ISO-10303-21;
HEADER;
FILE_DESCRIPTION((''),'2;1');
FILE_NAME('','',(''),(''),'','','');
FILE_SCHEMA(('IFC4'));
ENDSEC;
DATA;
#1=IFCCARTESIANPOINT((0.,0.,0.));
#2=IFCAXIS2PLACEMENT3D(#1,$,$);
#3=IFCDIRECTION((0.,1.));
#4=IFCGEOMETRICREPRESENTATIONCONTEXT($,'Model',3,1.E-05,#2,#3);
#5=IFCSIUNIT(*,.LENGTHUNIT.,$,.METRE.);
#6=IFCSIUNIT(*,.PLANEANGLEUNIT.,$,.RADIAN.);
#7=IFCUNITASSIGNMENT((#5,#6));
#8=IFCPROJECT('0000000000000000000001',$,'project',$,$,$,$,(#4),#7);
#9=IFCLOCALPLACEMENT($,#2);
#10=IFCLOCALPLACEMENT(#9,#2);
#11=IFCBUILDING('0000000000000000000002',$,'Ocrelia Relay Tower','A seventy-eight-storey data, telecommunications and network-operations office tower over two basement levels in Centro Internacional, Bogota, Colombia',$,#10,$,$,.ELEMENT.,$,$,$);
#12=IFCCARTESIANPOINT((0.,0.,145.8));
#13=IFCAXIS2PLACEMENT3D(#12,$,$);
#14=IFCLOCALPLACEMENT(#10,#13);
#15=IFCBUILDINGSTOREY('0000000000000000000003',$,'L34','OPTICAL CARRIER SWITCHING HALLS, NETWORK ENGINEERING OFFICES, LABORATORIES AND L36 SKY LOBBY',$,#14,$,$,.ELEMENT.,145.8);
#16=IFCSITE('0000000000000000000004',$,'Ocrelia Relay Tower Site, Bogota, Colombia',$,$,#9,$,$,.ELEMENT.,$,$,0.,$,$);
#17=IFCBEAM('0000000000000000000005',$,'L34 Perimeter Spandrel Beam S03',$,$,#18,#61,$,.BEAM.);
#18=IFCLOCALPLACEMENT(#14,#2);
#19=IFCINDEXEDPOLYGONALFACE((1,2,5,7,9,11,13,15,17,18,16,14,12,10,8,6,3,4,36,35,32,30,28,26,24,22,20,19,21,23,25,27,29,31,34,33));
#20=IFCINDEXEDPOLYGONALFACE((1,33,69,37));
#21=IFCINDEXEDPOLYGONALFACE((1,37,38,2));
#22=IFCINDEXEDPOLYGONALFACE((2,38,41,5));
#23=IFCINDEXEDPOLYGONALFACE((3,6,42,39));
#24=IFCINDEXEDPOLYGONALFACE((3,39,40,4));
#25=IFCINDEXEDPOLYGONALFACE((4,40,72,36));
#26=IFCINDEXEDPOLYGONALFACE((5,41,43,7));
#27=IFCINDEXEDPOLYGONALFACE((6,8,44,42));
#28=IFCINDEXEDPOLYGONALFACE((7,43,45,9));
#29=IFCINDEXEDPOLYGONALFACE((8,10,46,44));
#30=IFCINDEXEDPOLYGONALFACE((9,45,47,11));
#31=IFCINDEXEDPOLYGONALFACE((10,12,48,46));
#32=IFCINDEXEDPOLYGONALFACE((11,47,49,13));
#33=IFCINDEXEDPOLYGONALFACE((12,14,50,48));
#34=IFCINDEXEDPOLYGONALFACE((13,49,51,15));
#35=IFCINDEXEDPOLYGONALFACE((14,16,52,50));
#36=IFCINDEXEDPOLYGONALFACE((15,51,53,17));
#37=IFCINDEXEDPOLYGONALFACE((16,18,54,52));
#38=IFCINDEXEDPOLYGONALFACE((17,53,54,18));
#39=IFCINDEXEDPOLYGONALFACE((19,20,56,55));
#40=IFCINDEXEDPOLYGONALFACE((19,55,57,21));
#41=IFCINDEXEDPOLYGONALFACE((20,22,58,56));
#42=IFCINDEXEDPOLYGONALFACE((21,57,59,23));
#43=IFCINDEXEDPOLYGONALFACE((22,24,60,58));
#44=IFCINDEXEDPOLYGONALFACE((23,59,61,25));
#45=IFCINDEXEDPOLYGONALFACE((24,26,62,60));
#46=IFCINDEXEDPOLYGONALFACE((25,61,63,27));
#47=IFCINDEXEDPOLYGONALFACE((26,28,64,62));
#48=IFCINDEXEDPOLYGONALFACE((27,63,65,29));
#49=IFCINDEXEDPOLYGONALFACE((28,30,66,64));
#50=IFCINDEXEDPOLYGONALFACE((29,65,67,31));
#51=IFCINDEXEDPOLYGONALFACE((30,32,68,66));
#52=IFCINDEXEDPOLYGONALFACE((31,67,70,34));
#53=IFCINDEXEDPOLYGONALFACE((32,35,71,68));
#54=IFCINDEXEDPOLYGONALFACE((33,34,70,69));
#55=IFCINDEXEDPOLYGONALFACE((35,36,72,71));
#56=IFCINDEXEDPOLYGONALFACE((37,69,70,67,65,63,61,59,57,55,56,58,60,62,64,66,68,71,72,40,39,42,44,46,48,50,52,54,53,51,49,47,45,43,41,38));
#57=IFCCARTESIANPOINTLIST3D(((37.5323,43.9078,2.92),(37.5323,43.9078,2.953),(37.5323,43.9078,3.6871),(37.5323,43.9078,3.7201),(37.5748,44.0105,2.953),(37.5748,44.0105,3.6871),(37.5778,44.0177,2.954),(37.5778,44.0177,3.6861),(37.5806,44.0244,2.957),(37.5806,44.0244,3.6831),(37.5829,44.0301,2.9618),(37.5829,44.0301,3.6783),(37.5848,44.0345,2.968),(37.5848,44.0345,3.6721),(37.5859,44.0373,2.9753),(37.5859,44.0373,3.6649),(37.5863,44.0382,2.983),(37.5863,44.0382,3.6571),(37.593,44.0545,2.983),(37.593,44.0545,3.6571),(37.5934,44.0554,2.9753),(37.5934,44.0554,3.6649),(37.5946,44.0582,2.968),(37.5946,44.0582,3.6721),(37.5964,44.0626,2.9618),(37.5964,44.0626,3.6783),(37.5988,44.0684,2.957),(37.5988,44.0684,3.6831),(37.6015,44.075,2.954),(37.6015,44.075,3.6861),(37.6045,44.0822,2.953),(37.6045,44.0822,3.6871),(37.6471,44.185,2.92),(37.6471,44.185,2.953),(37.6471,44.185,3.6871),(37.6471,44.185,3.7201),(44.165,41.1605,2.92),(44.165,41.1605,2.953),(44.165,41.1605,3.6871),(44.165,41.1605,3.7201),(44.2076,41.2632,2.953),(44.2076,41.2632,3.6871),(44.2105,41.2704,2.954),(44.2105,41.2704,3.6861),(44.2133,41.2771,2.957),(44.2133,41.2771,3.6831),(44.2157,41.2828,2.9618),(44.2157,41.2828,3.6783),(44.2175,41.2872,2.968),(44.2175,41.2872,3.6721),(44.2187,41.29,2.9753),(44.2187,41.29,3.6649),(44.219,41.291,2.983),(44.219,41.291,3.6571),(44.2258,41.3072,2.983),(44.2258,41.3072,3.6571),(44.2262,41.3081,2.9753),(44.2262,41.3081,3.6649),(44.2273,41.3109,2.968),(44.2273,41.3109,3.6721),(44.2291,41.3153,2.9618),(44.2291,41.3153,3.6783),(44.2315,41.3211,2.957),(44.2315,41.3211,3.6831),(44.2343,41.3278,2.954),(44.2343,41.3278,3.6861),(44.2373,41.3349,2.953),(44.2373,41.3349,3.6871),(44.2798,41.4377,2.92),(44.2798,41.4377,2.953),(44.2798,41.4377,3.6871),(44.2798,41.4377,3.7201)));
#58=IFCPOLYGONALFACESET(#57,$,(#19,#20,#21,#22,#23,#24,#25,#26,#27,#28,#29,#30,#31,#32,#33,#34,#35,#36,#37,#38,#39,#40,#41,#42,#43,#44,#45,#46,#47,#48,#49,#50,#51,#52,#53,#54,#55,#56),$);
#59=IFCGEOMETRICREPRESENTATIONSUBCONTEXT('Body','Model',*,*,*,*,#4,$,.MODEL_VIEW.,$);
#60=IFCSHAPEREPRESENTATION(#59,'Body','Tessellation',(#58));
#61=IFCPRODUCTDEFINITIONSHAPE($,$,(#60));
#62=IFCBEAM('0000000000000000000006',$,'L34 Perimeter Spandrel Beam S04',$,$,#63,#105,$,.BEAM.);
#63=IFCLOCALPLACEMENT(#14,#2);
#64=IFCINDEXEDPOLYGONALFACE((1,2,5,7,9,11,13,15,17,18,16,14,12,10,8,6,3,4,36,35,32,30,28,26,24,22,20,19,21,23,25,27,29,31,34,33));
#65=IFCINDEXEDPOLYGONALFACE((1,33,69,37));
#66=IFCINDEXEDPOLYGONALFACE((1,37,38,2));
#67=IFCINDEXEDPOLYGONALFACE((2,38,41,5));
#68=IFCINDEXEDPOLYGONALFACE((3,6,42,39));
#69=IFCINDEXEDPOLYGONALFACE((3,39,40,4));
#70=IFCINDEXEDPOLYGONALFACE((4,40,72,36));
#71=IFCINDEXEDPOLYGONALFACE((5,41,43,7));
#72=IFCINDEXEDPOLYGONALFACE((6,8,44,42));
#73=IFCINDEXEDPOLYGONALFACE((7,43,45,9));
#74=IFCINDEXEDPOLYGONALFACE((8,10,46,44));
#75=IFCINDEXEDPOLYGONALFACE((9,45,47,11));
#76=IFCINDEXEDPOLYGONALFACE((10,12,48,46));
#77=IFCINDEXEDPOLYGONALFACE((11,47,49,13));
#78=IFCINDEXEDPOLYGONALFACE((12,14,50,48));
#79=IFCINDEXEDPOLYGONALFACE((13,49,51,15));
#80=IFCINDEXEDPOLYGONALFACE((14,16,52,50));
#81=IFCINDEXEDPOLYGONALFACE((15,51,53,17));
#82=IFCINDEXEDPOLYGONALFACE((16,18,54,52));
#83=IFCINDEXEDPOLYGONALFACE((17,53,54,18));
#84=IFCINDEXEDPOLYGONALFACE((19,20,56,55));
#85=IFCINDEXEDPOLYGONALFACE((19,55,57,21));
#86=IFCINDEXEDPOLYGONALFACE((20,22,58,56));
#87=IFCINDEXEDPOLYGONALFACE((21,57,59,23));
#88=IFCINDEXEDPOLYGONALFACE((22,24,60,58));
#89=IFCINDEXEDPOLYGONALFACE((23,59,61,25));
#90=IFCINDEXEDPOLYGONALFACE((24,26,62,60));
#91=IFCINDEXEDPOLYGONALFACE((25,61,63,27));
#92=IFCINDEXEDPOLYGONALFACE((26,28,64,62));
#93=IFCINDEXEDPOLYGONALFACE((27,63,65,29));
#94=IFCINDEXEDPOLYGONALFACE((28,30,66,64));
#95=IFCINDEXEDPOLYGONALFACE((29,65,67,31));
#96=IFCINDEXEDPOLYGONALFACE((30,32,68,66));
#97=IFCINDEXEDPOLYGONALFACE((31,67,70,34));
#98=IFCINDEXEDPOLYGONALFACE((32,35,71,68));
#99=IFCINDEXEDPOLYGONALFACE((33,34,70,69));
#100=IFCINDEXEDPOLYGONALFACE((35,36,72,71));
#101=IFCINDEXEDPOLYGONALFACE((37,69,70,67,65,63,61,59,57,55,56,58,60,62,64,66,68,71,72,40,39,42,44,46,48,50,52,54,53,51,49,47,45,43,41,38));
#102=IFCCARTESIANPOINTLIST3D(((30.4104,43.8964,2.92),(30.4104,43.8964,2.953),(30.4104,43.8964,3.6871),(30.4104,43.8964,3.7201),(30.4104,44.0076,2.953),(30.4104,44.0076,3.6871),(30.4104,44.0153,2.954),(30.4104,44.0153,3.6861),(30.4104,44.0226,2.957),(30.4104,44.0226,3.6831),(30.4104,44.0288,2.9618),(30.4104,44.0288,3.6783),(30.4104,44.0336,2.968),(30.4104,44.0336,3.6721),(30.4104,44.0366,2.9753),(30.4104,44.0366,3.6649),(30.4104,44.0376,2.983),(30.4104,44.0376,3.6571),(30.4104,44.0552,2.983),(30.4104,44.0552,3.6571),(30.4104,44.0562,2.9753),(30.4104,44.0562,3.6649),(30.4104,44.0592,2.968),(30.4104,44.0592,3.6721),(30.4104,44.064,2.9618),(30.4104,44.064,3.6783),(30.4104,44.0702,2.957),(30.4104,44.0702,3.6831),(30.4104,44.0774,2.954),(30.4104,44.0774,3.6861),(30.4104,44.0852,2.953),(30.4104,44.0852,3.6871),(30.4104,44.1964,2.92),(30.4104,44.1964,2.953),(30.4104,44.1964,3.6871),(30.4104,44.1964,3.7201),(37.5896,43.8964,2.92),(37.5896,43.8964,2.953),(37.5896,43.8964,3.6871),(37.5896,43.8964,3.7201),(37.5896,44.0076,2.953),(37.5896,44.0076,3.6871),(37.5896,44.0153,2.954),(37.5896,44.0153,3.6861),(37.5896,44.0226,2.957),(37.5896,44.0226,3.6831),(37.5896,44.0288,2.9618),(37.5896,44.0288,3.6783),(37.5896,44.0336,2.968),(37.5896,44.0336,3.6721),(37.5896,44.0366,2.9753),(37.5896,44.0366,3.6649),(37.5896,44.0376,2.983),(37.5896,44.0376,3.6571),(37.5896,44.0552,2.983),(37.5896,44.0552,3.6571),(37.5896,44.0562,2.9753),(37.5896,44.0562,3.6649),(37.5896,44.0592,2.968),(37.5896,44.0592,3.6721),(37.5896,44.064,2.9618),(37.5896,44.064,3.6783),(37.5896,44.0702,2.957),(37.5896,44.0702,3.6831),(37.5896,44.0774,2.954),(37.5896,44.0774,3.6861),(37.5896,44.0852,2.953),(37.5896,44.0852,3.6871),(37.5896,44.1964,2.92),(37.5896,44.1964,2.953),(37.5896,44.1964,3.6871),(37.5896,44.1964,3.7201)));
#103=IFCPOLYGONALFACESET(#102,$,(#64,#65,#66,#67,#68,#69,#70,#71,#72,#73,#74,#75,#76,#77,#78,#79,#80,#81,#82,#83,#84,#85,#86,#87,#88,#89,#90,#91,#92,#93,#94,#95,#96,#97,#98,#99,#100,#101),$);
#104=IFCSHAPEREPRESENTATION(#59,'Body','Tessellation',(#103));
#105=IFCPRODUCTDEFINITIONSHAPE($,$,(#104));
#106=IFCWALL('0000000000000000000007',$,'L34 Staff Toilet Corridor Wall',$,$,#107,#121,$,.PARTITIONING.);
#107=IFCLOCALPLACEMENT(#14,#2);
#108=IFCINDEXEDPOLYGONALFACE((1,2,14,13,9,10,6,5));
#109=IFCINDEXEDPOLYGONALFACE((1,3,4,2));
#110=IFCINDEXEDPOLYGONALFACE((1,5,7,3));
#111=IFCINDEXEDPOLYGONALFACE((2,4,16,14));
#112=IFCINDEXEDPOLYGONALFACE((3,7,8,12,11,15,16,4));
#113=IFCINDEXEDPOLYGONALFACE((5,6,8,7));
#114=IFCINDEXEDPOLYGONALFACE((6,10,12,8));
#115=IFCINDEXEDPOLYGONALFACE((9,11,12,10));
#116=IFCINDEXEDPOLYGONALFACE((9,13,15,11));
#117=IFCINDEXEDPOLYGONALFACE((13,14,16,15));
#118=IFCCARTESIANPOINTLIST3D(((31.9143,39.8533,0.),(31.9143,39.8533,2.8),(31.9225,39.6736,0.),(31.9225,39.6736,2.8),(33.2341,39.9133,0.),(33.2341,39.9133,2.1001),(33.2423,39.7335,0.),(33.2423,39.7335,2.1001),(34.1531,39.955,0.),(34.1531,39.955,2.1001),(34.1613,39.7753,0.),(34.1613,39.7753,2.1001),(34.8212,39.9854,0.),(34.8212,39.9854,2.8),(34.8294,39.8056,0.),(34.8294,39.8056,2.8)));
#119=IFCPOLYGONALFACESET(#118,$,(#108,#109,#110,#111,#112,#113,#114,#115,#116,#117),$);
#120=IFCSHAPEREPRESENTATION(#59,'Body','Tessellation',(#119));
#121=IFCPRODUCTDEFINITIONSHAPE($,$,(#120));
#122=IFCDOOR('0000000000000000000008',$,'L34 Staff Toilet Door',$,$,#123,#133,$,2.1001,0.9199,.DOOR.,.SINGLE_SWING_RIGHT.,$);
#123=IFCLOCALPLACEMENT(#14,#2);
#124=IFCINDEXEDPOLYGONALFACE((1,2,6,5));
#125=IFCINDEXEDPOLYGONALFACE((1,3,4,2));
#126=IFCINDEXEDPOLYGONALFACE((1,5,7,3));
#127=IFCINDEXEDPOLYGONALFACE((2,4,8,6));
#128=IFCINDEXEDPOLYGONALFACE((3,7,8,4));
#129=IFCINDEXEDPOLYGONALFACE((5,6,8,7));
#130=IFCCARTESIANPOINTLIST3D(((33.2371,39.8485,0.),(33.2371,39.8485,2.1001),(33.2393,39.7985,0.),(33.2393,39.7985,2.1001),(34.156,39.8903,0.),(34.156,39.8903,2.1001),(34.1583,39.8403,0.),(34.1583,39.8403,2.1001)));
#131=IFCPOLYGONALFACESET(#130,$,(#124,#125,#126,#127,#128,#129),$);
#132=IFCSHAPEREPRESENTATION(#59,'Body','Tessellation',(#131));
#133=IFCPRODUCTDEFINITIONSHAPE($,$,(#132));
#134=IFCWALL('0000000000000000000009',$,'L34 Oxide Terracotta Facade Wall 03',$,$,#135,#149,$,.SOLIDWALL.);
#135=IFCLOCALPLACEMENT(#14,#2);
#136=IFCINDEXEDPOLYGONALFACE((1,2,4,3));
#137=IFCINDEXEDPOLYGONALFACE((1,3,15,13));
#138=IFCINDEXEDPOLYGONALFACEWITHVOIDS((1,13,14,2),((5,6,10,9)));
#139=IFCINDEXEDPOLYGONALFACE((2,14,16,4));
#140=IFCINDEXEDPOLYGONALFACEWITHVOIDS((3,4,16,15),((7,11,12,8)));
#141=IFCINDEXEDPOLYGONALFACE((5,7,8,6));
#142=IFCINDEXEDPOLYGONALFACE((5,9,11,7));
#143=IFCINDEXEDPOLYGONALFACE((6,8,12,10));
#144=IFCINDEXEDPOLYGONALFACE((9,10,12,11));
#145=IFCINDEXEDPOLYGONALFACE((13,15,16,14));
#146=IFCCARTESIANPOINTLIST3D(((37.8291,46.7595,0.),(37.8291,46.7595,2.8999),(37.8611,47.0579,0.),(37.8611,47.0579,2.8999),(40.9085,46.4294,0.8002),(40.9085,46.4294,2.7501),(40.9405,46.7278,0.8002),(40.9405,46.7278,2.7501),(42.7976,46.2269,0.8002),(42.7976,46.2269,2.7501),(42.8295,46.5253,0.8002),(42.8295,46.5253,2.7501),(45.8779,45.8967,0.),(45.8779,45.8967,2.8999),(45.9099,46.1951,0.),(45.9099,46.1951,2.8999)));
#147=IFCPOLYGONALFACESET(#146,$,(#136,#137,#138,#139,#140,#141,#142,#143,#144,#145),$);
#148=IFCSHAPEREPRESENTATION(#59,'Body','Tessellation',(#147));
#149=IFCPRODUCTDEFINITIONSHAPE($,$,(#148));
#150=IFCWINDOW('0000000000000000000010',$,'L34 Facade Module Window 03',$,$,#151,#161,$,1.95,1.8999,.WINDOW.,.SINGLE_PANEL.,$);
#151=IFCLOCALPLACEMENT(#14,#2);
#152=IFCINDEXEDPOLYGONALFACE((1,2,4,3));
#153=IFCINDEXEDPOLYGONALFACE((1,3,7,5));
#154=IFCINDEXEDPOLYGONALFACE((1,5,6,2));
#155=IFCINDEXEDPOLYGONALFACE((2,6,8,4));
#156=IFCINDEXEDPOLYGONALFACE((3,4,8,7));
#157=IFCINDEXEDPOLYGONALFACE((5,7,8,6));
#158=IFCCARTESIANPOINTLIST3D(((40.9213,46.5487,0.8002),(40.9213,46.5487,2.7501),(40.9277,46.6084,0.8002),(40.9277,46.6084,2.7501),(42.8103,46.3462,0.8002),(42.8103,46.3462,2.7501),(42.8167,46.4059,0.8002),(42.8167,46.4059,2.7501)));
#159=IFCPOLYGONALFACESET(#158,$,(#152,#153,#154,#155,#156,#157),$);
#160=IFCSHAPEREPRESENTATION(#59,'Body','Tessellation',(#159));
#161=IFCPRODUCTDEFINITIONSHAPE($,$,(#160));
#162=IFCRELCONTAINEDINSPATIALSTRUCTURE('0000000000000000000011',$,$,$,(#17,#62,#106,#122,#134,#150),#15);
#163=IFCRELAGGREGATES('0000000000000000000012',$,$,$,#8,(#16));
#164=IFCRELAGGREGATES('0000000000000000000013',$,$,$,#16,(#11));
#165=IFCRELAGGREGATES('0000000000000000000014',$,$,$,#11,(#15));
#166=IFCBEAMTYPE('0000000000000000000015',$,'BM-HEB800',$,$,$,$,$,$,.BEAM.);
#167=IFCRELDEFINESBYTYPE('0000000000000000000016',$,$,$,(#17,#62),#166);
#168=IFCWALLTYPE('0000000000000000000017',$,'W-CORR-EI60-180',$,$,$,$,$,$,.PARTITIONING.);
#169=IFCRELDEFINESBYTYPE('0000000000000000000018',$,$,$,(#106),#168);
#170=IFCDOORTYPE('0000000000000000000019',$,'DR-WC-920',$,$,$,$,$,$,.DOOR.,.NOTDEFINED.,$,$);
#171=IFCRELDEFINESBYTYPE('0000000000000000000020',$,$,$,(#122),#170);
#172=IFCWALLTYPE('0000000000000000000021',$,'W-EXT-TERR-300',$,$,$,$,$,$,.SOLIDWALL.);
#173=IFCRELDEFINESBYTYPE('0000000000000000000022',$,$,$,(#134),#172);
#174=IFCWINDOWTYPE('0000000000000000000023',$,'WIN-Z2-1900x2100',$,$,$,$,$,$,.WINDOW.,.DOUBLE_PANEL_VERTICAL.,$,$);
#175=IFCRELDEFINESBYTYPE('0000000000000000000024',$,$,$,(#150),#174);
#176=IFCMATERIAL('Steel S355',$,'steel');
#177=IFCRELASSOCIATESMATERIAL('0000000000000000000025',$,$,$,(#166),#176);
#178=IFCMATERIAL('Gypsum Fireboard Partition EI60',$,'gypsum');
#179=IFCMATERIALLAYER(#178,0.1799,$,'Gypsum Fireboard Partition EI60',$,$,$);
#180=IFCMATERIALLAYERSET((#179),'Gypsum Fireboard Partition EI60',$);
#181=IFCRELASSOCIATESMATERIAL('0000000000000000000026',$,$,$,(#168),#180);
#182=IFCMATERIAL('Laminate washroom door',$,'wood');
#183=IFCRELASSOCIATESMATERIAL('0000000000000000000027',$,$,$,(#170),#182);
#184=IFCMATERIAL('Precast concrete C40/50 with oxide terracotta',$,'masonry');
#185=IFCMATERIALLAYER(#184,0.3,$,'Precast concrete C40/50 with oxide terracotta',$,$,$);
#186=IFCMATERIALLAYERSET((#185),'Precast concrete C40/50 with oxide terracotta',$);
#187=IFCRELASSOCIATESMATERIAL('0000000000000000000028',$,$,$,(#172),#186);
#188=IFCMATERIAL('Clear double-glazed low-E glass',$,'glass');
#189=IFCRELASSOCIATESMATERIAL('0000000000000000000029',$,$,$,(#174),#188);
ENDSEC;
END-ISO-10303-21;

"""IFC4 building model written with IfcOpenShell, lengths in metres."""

from ifc_helpers import new_model, si_unit, direction, frame, frame_2d, origin, origin_2d, place, context, subcontext, project, spatial, rectangle, i_section, extrude, material, layer, layer_set, material_profile, profile_set, type_object, element, fill, save


model = new_model("IFC4")

# Units and contexts
model_context = context("Model", 3, precision=1e-05, world=origin(), true_north=direction((0.0, 1.0)))
body_context = subcontext(model_context, "Body", "Model", "MODEL_VIEW")
ifc_project = project(units=[si_unit("LENGTHUNIT", "METRE"), si_unit("PLANEANGLEUNIT", "RADIAN")], contexts=[model_context])

# Site, building, storey
site_placement = place(None, origin())
site = spatial("IfcSite", under=ifc_project, at=site_placement, Name="Ocrelia Relay Tower Site, Bogota, Colombia", CompositionType="ELEMENT", RefElevation=0.0)
building_placement = place(site_placement, origin())
building = spatial("IfcBuilding", under=site, at=building_placement, Name="Ocrelia Relay Tower", Description="A seventy-eight-storey data, telecommunications and network-operations office tower over two basement levels in Centro Internacional, Bogota, Colombia", CompositionType="ELEMENT")
storey_placement = place(building_placement, frame((0.0, 0.0, 145.8)))
storey = spatial("IfcBuildingStorey", under=building, at=storey_placement, Name="L34", Description="OPTICAL CARRIER SWITCHING HALLS, NETWORK ENGINEERING OFFICES, LABORATORIES AND L36 SKY LOBBY", CompositionType="ELEMENT", Elevation=145.8)

# Beams
ifc_material_1 = material(Name="Steel S355", Category="steel")
ifc_material_profile_1 = material_profile(ifc_material_1, i_section(OverallWidth=0.3, OverallDepth=0.8, WebThickness=0.0176, FlangeThickness=0.033, FilletRadius=0.03, at=origin_2d()), Name="HEB 800")
ifc_profile_set_1 = profile_set([ifc_material_profile_1], Name="Steel S355")
beam_type_1 = type_object("IfcBeamType", Name="BM-HEB800", PredefinedType="BEAM", material=ifc_profile_set_1)
for number, where, z_axis, x_axis, name in (
    (1, (44.2224, 41.2991, 3.3201), (-0.923884, 0.382673, 0.0), (-0.382673, -0.923884, 0.0), "L34 Perimeter Spandrel Beam S03"),
    (2, (37.5896, 44.0464, 3.3201), (-1.0, 0.0, 0.0), (0.0, -1.0, 0.0), "L34 Perimeter Spandrel Beam S04"),
):
    element("IfcBeam", number, at=place(storey_placement, frame(where, z_axis=z_axis, x_axis=x_axis)), inside=storey, type_object=beam_type_1, Name=name, PredefinedType="BEAM", context=body_context, shape_type="SweptSolid", body=[
        extrude(i_section(OverallWidth=0.3, OverallDepth=0.8, WebThickness=0.0176, FlangeThickness=0.033, FilletRadius=0.03, at=origin_2d()), origin(), (0.0, 0.0, 1.0), 7.1792),
    ])

# Wall, opening, door
ifc_material_2 = material(Name="Gypsum Fireboard Partition EI60", Category="gypsum")
ifc_layer_1 = layer(ifc_material_2, 0.1799, Name="Gypsum Fireboard Partition EI60")
ifc_layer_set_1 = layer_set([ifc_layer_1], Name="Gypsum Fireboard Partition EI60")
wall_type_1 = type_object("IfcWallType", Name="W-CORR-EI60-180", PredefinedType="PARTITIONING", material=ifc_layer_set_1)
wall_1_placement = place(storey_placement, frame((34.8254, 39.8955, 0.0), z_axis=(0.0, 0.0, 1.0), x_axis=(-0.998969, -0.045389, 0.0)))
wall_1 = element("IfcWall", 3, at=wall_1_placement, inside=storey, type_object=wall_type_1, Name="L34 Staff Toilet Corridor Wall", PredefinedType="PARTITIONING", context=body_context, shape_type="SweptSolid", body=[
    extrude(rectangle(XDim=2.9099, YDim=0.1799, at=frame_2d((1.4551, 0.0))), origin(), (0.0, 0.0, 1.0), 2.8),
])
opening_1_placement = place(wall_1_placement, frame((0.6689, 0.0, 0.0)))
opening_1 = element("IfcOpeningElement", 4, at=opening_1_placement, cuts=wall_1, PredefinedType="OPENING", context=body_context, shape_type="SweptSolid", body=[
    extrude(rectangle(XDim=0.9199, YDim=2.1001, at=frame_2d((0.46, 1.05))), frame((0.0, 0.1001, 0.0), z_axis=(0.0, -1.0, 0.0), x_axis=(1.0, 0.0, 0.0)), (0.0, 0.0, 1.0), 0.2),
])
ifc_material_3 = material(Name="Laminate washroom door", Category="wood")
door_type = type_object("IfcDoorType", Name="DR-WC-920", OperationType="NOTDEFINED", PredefinedType="DOOR", material=ifc_material_3)
door_placement = place(opening_1_placement, origin())
door = element("IfcDoor", 5, at=door_placement, inside=storey, type_object=door_type, Name="L34 Staff Toilet Door", OperationType="SINGLE_SWING_RIGHT", OverallHeight=2.1001, OverallWidth=0.9199, PredefinedType="DOOR", context=body_context, shape_type="SweptSolid", body=[
    extrude(rectangle(XDim=0.9199, YDim=2.1001, at=frame_2d((0.46, 1.05))), frame((0.0, 0.0249, 0.0), z_axis=(0.0, -1.0, 0.0), x_axis=(1.0, 0.0, 0.0)), (0.0, 0.0, 1.0), 0.05),
])
fill(opening_1, door)

# Wall, opening, window
ifc_material_4 = material(Name="Precast concrete C40/50 with oxide terracotta", Category="masonry")
ifc_layer_2 = layer(ifc_material_4, 0.3, Name="Precast concrete C40/50 with oxide terracotta")
ifc_layer_set_2 = layer_set([ifc_layer_2], Name="Precast concrete C40/50 with oxide terracotta")
wall_type_2 = type_object("IfcWallType", Name="W-EXT-TERR-300", PredefinedType="SOLIDWALL", material=ifc_layer_set_2)
wall_2_placement = place(storey_placement, frame((45.8938, 46.0459, 0.0), z_axis=(0.0, 0.0, 1.0), x_axis=(-0.994304, 0.106584, 0.0)))
wall_2 = element("IfcWall", 6, at=wall_2_placement, inside=storey, type_object=wall_type_2, Name="L34 Oxide Terracotta Facade Wall 03", PredefinedType="SOLIDWALL", context=body_context, shape_type="SweptSolid", body=[
    extrude(rectangle(XDim=8.095, YDim=0.3, at=frame_2d((4.0474, 0.0))), origin(), (0.0, 0.0, 1.0), 2.8999),
])
opening_2_placement = place(wall_2_placement, frame((3.0979, 0.0, 0.8)))
opening_2 = element("IfcOpeningElement", 7, at=opening_2_placement, cuts=wall_2, PredefinedType="OPENING", context=body_context, shape_type="SweptSolid", body=[
    extrude(rectangle(XDim=1.8999, YDim=1.95, at=frame_2d((0.95, 0.9751))), frame((0.0, 0.1602, 0.0), z_axis=(0.0, -1.0, 0.0), x_axis=(1.0, 0.0, 0.0)), (0.0, 0.0, 1.0), 0.3201),
])
ifc_material_5 = material(Name="Clear double-glazed low-E glass", Category="glass")
window_type = type_object("IfcWindowType", Name="WIN-Z2-1900x2100", PartitioningType="DOUBLE_PANEL_VERTICAL", PredefinedType="WINDOW", material=ifc_material_5)
window_1_placement = place(opening_2_placement, origin())
window_1 = element("IfcWindow", 8, at=window_1_placement, inside=storey, type_object=window_type, Name="L34 Facade Module Window 03", OverallHeight=1.95, OverallWidth=1.8999, PartitioningType="SINGLE_PANEL", PredefinedType="WINDOW", context=body_context, shape_type="SweptSolid", body=[
    extrude(rectangle(XDim=1.8999, YDim=1.95, at=frame_2d((0.95, 0.9751))), frame((0.0, 0.03, 0.0), z_axis=(0.0, -1.0, 0.0), x_axis=(1.0, 0.0, 0.0)), (0.0, 0.0, 1.0), 0.0601),
])
fill(opening_2, window_1)

save(model, "model.ifc")
